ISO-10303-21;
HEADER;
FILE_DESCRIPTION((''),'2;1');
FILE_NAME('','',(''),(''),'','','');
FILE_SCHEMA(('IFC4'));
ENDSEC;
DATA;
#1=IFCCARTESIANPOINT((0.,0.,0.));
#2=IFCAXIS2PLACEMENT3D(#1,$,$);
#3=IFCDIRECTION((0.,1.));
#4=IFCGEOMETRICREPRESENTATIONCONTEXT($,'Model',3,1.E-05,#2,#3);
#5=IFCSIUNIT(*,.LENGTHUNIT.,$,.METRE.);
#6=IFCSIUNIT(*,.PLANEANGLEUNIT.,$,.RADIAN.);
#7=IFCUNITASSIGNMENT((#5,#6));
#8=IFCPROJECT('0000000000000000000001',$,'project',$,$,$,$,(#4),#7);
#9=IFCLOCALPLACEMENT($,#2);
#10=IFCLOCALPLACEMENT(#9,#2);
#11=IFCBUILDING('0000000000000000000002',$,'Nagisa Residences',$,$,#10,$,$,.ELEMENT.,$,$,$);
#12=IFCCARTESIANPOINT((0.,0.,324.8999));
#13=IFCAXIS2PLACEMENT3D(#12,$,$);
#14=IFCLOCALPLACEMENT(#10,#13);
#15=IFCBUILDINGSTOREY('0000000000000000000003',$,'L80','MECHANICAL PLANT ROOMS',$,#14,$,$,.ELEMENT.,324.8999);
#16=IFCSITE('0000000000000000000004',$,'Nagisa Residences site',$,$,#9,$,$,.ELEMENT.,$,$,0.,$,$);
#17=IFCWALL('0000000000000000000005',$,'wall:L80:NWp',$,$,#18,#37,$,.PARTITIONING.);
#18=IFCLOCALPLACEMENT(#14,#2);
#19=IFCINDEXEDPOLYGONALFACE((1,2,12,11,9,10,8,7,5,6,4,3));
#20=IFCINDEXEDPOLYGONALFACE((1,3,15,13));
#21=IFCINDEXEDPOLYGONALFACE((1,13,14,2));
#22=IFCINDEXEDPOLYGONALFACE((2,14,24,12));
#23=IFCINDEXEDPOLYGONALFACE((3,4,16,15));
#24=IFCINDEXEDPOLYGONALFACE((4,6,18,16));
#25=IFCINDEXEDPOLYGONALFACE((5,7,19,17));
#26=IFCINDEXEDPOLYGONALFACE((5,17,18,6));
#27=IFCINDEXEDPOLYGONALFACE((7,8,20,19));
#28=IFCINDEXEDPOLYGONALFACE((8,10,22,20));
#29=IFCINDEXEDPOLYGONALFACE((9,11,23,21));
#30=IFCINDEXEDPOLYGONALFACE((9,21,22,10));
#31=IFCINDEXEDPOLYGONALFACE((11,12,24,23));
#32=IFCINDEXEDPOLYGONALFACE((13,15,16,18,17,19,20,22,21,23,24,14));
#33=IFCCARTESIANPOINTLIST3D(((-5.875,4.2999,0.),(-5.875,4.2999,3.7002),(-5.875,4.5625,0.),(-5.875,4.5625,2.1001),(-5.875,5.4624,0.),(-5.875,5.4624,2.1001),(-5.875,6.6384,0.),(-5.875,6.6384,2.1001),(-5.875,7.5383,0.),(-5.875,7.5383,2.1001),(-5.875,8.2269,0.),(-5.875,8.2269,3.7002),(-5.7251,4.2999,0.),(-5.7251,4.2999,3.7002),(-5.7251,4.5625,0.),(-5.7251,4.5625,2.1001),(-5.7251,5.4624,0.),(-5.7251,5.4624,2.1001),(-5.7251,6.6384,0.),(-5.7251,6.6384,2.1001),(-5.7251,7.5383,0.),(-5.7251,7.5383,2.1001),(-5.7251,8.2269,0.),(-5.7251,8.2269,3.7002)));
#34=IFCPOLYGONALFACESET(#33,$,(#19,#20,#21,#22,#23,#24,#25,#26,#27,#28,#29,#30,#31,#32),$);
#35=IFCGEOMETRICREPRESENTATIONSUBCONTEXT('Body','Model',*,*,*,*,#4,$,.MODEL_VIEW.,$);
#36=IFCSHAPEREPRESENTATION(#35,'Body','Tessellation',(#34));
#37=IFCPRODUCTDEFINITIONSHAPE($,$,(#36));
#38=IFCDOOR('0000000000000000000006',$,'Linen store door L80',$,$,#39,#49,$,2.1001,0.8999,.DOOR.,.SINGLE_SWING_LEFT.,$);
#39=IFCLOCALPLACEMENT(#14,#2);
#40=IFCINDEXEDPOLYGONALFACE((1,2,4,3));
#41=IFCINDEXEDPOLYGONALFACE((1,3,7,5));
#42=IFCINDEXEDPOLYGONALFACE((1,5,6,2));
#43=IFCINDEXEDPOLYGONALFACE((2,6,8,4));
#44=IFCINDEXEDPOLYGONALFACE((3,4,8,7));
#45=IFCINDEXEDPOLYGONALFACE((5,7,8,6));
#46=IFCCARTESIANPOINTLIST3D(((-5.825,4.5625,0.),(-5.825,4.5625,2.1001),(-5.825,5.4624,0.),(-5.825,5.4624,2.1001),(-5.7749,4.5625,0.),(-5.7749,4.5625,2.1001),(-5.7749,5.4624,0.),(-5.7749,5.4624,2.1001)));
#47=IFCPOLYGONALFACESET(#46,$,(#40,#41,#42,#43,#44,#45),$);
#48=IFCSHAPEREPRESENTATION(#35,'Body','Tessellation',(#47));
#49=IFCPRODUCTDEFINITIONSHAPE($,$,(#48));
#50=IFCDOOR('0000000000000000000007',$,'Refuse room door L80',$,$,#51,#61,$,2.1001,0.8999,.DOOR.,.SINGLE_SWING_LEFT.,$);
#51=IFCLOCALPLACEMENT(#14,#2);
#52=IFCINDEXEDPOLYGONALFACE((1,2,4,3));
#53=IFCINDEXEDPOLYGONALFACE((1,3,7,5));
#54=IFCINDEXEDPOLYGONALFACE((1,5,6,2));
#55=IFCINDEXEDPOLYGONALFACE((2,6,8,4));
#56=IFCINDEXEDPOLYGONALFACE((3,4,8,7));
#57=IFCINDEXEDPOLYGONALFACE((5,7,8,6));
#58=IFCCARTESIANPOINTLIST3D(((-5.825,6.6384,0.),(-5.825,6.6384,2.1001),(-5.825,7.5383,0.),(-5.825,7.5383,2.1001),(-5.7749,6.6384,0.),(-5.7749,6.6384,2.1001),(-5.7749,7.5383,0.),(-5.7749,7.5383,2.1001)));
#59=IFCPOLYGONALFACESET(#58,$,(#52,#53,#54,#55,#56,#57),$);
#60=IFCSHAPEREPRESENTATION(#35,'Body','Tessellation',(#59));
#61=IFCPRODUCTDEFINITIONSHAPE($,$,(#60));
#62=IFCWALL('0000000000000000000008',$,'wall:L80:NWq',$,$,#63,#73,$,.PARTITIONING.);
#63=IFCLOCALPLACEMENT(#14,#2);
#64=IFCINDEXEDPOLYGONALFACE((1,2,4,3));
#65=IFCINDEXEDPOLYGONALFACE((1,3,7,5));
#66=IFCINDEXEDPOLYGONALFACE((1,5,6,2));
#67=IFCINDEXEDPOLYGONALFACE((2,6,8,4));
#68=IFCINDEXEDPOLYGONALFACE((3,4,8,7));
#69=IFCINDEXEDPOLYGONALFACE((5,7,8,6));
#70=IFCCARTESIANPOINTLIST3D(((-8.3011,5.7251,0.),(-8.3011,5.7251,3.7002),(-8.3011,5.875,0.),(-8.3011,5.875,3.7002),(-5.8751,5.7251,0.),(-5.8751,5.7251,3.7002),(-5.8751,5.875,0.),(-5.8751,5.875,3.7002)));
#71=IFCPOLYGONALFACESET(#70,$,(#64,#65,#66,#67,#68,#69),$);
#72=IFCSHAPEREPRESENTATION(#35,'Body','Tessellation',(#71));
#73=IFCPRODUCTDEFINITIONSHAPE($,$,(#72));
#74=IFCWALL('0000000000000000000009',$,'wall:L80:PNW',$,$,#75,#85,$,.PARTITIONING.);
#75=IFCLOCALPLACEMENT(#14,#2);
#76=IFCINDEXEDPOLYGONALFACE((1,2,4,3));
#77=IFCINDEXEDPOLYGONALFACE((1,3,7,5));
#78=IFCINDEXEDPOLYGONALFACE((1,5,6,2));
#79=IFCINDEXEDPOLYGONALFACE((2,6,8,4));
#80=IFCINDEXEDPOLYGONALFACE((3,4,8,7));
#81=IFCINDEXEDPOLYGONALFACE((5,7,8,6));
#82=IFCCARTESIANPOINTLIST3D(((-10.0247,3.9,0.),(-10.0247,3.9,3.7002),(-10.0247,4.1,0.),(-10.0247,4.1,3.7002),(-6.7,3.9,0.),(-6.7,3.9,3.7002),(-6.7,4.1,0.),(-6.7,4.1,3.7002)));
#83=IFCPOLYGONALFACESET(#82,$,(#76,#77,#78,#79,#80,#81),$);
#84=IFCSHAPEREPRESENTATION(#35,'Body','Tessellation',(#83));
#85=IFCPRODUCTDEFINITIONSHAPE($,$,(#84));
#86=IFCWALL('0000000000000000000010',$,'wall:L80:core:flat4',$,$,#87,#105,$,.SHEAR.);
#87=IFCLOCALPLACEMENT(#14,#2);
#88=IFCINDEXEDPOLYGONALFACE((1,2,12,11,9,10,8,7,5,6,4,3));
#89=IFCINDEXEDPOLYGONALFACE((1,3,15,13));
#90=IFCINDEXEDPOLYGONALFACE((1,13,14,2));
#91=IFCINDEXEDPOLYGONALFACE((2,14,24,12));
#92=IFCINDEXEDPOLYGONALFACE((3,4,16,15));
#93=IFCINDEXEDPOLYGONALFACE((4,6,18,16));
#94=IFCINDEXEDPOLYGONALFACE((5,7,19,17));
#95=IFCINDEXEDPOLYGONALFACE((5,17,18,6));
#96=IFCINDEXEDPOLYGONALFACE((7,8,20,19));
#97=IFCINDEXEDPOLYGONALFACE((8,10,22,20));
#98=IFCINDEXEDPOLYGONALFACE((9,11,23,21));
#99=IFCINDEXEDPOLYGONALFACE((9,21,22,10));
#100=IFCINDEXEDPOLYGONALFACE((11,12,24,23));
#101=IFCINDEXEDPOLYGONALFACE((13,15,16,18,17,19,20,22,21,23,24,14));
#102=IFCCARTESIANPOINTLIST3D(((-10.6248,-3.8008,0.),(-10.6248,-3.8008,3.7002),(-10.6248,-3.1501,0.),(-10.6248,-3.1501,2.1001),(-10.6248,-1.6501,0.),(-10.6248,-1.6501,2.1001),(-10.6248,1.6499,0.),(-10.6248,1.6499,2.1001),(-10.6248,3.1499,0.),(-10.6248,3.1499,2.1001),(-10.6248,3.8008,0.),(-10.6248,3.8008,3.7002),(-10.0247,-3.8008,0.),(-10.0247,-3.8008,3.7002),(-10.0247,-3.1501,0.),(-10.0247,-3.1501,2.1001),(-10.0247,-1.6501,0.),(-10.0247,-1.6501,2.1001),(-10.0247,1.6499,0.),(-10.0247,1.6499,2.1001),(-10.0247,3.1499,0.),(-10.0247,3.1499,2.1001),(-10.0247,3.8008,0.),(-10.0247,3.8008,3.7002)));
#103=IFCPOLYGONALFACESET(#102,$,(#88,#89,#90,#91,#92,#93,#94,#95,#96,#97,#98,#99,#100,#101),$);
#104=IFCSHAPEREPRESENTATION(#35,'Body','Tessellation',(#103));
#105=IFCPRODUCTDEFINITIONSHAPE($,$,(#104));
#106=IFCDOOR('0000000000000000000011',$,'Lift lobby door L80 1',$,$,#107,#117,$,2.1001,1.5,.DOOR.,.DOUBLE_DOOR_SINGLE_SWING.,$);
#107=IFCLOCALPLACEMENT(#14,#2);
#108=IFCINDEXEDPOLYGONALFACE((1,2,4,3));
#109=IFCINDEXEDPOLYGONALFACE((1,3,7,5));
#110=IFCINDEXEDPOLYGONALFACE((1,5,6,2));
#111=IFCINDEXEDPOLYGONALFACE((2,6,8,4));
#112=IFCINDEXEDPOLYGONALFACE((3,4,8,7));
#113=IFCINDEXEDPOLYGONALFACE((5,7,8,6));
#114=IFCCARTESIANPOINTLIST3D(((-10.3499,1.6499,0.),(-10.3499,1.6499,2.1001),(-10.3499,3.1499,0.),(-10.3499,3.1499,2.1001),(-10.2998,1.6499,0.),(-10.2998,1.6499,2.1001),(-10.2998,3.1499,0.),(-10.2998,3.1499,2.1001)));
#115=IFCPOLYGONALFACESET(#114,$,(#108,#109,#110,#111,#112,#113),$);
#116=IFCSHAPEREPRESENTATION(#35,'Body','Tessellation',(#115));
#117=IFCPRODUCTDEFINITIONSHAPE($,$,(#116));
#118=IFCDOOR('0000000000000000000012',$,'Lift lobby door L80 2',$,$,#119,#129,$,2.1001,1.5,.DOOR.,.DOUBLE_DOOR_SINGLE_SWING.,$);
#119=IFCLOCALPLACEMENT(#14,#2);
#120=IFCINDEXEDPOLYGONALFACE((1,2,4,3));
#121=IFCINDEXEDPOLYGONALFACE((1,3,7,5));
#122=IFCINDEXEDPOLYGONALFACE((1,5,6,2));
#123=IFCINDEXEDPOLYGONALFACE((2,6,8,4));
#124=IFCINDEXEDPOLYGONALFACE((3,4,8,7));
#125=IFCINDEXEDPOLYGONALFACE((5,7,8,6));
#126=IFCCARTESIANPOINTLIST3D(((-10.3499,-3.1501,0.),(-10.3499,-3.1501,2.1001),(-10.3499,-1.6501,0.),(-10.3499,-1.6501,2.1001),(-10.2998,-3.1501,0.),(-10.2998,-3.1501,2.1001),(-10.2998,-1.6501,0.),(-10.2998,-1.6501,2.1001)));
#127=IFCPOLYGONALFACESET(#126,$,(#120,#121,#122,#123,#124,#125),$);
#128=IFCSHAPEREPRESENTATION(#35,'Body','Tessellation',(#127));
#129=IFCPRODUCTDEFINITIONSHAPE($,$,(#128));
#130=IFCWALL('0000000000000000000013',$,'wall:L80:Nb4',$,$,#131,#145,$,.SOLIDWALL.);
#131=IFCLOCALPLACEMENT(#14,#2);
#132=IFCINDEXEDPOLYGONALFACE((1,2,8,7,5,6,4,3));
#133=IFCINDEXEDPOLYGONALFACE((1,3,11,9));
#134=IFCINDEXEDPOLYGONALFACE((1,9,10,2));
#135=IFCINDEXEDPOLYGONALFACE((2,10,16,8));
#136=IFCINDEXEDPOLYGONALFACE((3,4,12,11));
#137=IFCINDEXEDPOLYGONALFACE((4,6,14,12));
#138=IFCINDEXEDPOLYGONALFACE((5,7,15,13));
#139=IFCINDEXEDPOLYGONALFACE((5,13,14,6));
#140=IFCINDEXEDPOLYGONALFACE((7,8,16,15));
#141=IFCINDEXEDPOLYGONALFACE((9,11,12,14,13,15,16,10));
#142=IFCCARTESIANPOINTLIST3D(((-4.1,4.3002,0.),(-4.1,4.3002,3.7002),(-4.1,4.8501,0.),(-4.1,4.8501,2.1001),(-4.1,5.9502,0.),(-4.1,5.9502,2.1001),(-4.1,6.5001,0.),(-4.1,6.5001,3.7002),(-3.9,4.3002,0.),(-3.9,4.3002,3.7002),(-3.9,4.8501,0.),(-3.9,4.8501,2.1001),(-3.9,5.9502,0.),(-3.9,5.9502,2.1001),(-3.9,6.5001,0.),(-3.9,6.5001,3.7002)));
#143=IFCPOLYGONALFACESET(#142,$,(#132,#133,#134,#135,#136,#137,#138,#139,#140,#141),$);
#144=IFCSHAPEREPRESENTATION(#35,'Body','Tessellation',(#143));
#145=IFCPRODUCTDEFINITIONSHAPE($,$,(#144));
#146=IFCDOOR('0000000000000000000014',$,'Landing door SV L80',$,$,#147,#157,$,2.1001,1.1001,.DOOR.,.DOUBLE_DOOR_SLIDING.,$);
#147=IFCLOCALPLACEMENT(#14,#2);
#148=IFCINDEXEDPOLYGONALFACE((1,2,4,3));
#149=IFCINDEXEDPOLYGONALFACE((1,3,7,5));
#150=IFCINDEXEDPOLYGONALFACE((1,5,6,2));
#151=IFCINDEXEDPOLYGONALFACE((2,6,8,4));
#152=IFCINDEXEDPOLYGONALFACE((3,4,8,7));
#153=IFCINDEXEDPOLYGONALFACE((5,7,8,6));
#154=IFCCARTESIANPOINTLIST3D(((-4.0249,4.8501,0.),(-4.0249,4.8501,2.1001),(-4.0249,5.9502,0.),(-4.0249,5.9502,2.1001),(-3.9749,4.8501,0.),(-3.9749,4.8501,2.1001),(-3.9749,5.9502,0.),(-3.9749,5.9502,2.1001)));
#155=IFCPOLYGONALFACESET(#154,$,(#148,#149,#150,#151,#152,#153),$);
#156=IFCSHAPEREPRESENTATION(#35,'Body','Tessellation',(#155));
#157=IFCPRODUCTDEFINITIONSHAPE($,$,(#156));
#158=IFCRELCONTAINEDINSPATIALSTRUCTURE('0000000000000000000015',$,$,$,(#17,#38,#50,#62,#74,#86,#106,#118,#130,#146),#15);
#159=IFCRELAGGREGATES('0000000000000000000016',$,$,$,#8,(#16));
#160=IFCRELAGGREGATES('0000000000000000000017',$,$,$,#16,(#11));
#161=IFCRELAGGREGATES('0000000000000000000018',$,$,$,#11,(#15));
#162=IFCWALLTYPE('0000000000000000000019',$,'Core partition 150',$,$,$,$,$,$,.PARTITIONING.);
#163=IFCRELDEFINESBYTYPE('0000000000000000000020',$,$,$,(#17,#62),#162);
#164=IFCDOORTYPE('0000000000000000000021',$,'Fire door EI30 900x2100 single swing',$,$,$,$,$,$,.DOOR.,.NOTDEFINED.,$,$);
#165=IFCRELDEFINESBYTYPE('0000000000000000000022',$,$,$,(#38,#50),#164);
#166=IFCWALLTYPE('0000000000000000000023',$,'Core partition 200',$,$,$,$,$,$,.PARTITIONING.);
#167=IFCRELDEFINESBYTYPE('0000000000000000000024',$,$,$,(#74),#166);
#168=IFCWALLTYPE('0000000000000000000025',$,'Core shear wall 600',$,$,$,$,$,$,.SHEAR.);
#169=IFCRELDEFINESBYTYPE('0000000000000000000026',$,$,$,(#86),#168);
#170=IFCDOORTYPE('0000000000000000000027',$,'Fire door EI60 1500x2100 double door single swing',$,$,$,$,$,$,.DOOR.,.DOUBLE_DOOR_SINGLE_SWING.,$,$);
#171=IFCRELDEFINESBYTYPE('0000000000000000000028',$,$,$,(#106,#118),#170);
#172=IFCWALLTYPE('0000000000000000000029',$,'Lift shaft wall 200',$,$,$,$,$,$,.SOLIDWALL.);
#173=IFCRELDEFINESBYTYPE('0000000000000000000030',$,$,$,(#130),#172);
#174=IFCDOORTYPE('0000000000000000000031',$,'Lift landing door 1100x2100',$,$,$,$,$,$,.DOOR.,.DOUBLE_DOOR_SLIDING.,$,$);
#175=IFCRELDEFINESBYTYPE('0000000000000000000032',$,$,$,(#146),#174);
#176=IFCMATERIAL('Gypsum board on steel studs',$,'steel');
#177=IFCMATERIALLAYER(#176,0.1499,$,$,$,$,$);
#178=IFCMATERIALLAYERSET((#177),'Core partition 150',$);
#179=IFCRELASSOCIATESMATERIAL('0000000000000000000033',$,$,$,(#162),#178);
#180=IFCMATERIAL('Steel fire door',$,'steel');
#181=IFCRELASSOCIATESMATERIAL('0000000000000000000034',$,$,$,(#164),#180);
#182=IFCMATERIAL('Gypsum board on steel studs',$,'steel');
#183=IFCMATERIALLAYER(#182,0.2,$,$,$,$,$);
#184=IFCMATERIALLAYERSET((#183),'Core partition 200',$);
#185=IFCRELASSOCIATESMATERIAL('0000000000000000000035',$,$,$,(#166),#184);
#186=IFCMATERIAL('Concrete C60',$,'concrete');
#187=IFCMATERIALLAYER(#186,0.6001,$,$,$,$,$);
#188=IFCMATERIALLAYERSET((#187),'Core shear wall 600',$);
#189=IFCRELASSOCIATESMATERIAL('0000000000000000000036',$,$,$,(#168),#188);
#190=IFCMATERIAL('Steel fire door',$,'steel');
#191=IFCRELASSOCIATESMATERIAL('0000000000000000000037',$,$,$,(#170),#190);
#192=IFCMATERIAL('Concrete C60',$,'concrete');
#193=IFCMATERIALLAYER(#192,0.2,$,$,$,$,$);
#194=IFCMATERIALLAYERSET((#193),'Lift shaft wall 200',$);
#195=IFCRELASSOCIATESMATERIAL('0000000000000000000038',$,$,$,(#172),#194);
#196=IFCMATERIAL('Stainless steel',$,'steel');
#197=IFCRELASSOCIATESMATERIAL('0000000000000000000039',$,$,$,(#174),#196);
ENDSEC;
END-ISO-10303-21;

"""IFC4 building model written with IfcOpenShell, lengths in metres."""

from ifc_helpers import new_model, si_unit, direction, frame, frame_2d, origin, place, context, subcontext, project, spatial, rectangle, extrude, material, layer, layer_set, type_object, element, fill, save


model = new_model("IFC4")

# Units and contexts
model_context = context("Model", 3, precision=1e-05, world=origin(), true_north=direction((0.0, 1.0)))
body_context = subcontext(model_context, "Body", "Model", "MODEL_VIEW")
ifc_project = project(units=[si_unit("LENGTHUNIT", "METRE"), si_unit("PLANEANGLEUNIT", "RADIAN")], contexts=[model_context])

# Site, building, storey
site_placement = place(None, origin())
site = spatial("IfcSite", under=ifc_project, at=site_placement, Name="Nagisa Residences site", CompositionType="ELEMENT", RefElevation=0.0)
building_placement = place(site_placement, origin())
building = spatial("IfcBuilding", under=site, at=building_placement, Name="Nagisa Residences", CompositionType="ELEMENT")
storey_placement = place(building_placement, frame((0.0, 0.0, 324.8999)))
storey = spatial("IfcBuildingStorey", under=building, at=storey_placement, Name="L80", Description="MECHANICAL PLANT ROOMS", CompositionType="ELEMENT", Elevation=324.8999)

# Wall, openings, doors
ifc_material_1 = material(Name="Gypsum board on steel studs", Category="steel")
ifc_layer_1 = layer(ifc_material_1, 0.1499)
ifc_layer_set_1 = layer_set([ifc_layer_1], Name="Core partition 150")
wall_type_1 = type_object("IfcWallType", Name="Core partition 150", PredefinedType="PARTITIONING", material=ifc_layer_set_1)
wall_1_placement = place(storey_placement, frame((-5.8, 4.3, 0.0), z_axis=(0.0, 0.0, 1.0), x_axis=(0.0, 1.0, 0.0)))
wall_1 = element("IfcWall", 1, at=wall_1_placement, inside=storey, type_object=wall_type_1, Name="wall:L80:NWp", PredefinedType="PARTITIONING", context=body_context, shape_type="SweptSolid", body=[
    extrude(rectangle(XDim=3.927, YDim=0.1499, at=frame_2d((1.9634, 0.0))), origin(), (0.0, 0.0, 1.0), 3.7002),
])
opening_1_placement = place(wall_1_placement, frame((0.2625, 0.0, 0.0)))
opening_1 = element("IfcOpeningElement", 2, at=opening_1_placement, cuts=wall_1, PredefinedType="OPENING", context=body_context, shape_type="SweptSolid", body=[
    extrude(rectangle(XDim=0.8999, YDim=2.1001, at=frame_2d((0.45, 1.05))), frame((0.0, 0.085, 0.0), z_axis=(0.0, -1.0, 0.0), x_axis=(1.0, 0.0, 0.0)), (0.0, 0.0, 1.0), 0.1699),
])
opening_2_placement = place(wall_1_placement, frame((2.3384, 0.0, 0.0)))
opening_2 = element("IfcOpeningElement", 3, at=opening_2_placement, cuts=wall_1, PredefinedType="OPENING", context=body_context, shape_type="SweptSolid", body=[
    extrude(rectangle(XDim=0.8999, YDim=2.1001, at=frame_2d((0.45, 1.05))), frame((0.0, 0.085, 0.0), z_axis=(0.0, -1.0, 0.0), x_axis=(1.0, 0.0, 0.0)), (0.0, 0.0, 1.0), 0.1699),
])
ifc_material_2 = material(Name="Steel fire door", Category="steel")
door_type_1 = type_object("IfcDoorType", Name="Fire door EI30 900x2100 single swing", OperationType="NOTDEFINED", PredefinedType="DOOR", material=ifc_material_2)
door_1_placement = place(opening_1_placement, origin())
door_1 = element("IfcDoor", 4, at=door_1_placement, inside=storey, type_object=door_type_1, Name="Linen store door L80", OperationType="SINGLE_SWING_LEFT", OverallHeight=2.1001, OverallWidth=0.8999, PredefinedType="DOOR", context=body_context, shape_type="SweptSolid", body=[
    extrude(rectangle(XDim=0.8999, YDim=2.1001, at=frame_2d((0.45, 1.05))), frame((0.0, 0.0249, 0.0), z_axis=(0.0, -1.0, 0.0), x_axis=(1.0, 0.0, 0.0)), (0.0, 0.0, 1.0), 0.05),
])
fill(opening_1, door_1)
door_2_placement = place(opening_2_placement, origin())
door_2 = element("IfcDoor", 5, at=door_2_placement, inside=storey, type_object=door_type_1, Name="Refuse room door L80", OperationType="SINGLE_SWING_LEFT", OverallHeight=2.1001, OverallWidth=0.8999, PredefinedType="DOOR", context=body_context, shape_type="SweptSolid", body=[
    extrude(rectangle(XDim=0.8999, YDim=2.1001, at=frame_2d((0.45, 1.05))), frame((0.0, 0.0249, 0.0), z_axis=(0.0, -1.0, 0.0), x_axis=(1.0, 0.0, 0.0)), (0.0, 0.0, 1.0), 0.05),
])
fill(opening_2, door_2)

# Walls
wall_2_placement = place(storey_placement, frame((-8.301, 5.8, 0.0), z_axis=(0.0, 0.0, 1.0), x_axis=(1.0, 0.0, 0.0)))
element("IfcWall", 6, at=wall_2_placement, inside=storey, type_object=wall_type_1, Name="wall:L80:NWq", PredefinedType="PARTITIONING", context=body_context, shape_type="SweptSolid", body=[
    extrude(rectangle(XDim=2.426, YDim=0.1499, at=frame_2d((1.2129, 0.0))), origin(), (0.0, 0.0, 1.0), 3.7002),
])
ifc_material_3 = material(Name="Gypsum board on steel studs", Category="steel")
ifc_layer_2 = layer(ifc_material_3, 0.2)
ifc_layer_set_2 = layer_set([ifc_layer_2], Name="Core partition 200")
wall_type_2 = type_object("IfcWallType", Name="Core partition 200", PredefinedType="PARTITIONING", material=ifc_layer_set_2)
wall_3_placement = place(storey_placement, frame((-10.0247, 4.0, 0.0), z_axis=(0.0, 0.0, 1.0), x_axis=(1.0, 0.0, 0.0)))
element("IfcWall", 7, at=wall_3_placement, inside=storey, type_object=wall_type_2, Name="wall:L80:PNW", PredefinedType="PARTITIONING", context=body_context, shape_type="SweptSolid", body=[
    extrude(rectangle(XDim=3.3247, YDim=0.2, at=frame_2d((1.6624, 0.0))), origin(), (0.0, 0.0, 1.0), 3.7002),
])

# Wall, openings, doors
ifc_material_4 = material(Name="Concrete C60", Category="concrete")
ifc_layer_3 = layer(ifc_material_4, 0.6001)
ifc_layer_set_3 = layer_set([ifc_layer_3], Name="Core shear wall 600")
wall_type_3 = type_object("IfcWallType", Name="Core shear wall 600", PredefinedType="SHEAR", material=ifc_layer_set_3)
wall_4_placement = place(storey_placement, frame((-10.3247, 3.8008, 0.0), z_axis=(0.0, 0.0, 1.0), x_axis=(0.0, -1.0, 0.0)))
wall_4 = element("IfcWall", 8, at=wall_4_placement, inside=storey, type_object=wall_type_3, Name="wall:L80:core:flat4", PredefinedType="SHEAR", context=body_context, shape_type="SweptSolid", body=[
    extrude(rectangle(XDim=7.6016, YDim=0.6001, at=frame_2d((3.8008, 0.0))), origin(), (0.0, 0.0, 1.0), 3.7002),
])
opening_3_placement = place(wall_4_placement, frame((0.6509, 0.0, 0.0)))
opening_3 = element("IfcOpeningElement", 9, at=opening_3_placement, cuts=wall_4, PredefinedType="OPENING", context=body_context, shape_type="SweptSolid", body=[
    extrude(rectangle(XDim=1.5, YDim=2.1001, at=frame_2d((0.75, 1.05))), frame((0.0, 0.3101, 0.0), z_axis=(0.0, -1.0, 0.0), x_axis=(1.0, 0.0, 0.0)), (0.0, 0.0, 1.0), 0.6201),
])
opening_4_placement = place(wall_4_placement, frame((5.4509, 0.0, 0.0)))
opening_4 = element("IfcOpeningElement", 10, at=opening_4_placement, cuts=wall_4, PredefinedType="OPENING", context=body_context, shape_type="SweptSolid", body=[
    extrude(rectangle(XDim=1.5, YDim=2.1001, at=frame_2d((0.75, 1.05))), frame((0.0, 0.3101, 0.0), z_axis=(0.0, -1.0, 0.0), x_axis=(1.0, 0.0, 0.0)), (0.0, 0.0, 1.0), 0.6201),
])
ifc_material_5 = material(Name="Steel fire door", Category="steel")
door_type_2 = type_object("IfcDoorType", Name="Fire door EI60 1500x2100 double door single swing", OperationType="DOUBLE_DOOR_SINGLE_SWING", PredefinedType="DOOR", material=ifc_material_5)
door_3_placement = place(opening_3_placement, origin())
door_3 = element("IfcDoor", 11, at=door_3_placement, inside=storey, type_object=door_type_2, Name="Lift lobby door L80 1", OperationType="DOUBLE_DOOR_SINGLE_SWING", OverallHeight=2.1001, OverallWidth=1.5, PredefinedType="DOOR", context=body_context, shape_type="SweptSolid", body=[
    extrude(rectangle(XDim=1.5, YDim=2.1001, at=frame_2d((0.75, 1.05))), frame((0.0, 0.0249, 0.0), z_axis=(0.0, -1.0, 0.0), x_axis=(1.0, 0.0, 0.0)), (0.0, 0.0, 1.0), 0.05),
])
fill(opening_3, door_3)
door_4_placement = place(opening_4_placement, origin())
door_4 = element("IfcDoor", 12, at=door_4_placement, inside=storey, type_object=door_type_2, Name="Lift lobby door L80 2", OperationType="DOUBLE_DOOR_SINGLE_SWING", OverallHeight=2.1001, OverallWidth=1.5, PredefinedType="DOOR", context=body_context, shape_type="SweptSolid", body=[
    extrude(rectangle(XDim=1.5, YDim=2.1001, at=frame_2d((0.75, 1.05))), frame((0.0, 0.0249, 0.0), z_axis=(0.0, -1.0, 0.0), x_axis=(1.0, 0.0, 0.0)), (0.0, 0.0, 1.0), 0.05),
])
fill(opening_4, door_4)

# Wall, opening, door
ifc_material_6 = material(Name="Concrete C60", Category="concrete")
ifc_layer_4 = layer(ifc_material_6, 0.2)
ifc_layer_set_4 = layer_set([ifc_layer_4], Name="Lift shaft wall 200")
wall_type_4 = type_object("IfcWallType", Name="Lift shaft wall 200", PredefinedType="SOLIDWALL", material=ifc_layer_set_4)
wall_5_placement = place(storey_placement, frame((-4.0, 4.3, 0.0), z_axis=(0.0, 0.0, 1.0), x_axis=(0.0, 1.0, 0.0)))
wall_5 = element("IfcWall", 13, at=wall_5_placement, inside=storey, type_object=wall_type_4, Name="wall:L80:Nb4", PredefinedType="SOLIDWALL", context=body_context, shape_type="SweptSolid", body=[
    extrude(rectangle(XDim=2.2, YDim=0.2, at=frame_2d((1.1001, 0.0))), origin(), (0.0, 0.0, 1.0), 3.7002),
])
opening_5_placement = place(wall_5_placement, frame((0.55, 0.0, 0.0)))
opening_5 = element("IfcOpeningElement", 14, at=opening_5_placement, cuts=wall_5, PredefinedType="OPENING", context=body_context, shape_type="SweptSolid", body=[
    extrude(rectangle(XDim=1.1001, YDim=2.1001, at=frame_2d((0.55, 1.05))), frame((0.0, 0.1099, 0.0), z_axis=(0.0, -1.0, 0.0), x_axis=(1.0, 0.0, 0.0)), (0.0, 0.0, 1.0), 0.22),
])
ifc_material_7 = material(Name="Stainless steel", Category="steel")
door_type_3 = type_object("IfcDoorType", Name="Lift landing door 1100x2100", OperationType="DOUBLE_DOOR_SLIDING", PredefinedType="DOOR", material=ifc_material_7)
door_5_placement = place(opening_5_placement, origin())
door_5 = element("IfcDoor", 15, at=door_5_placement, inside=storey, type_object=door_type_3, Name="Landing door SV L80", OperationType="DOUBLE_DOOR_SLIDING", OverallHeight=2.1001, OverallWidth=1.1001, PredefinedType="DOOR", context=body_context, shape_type="SweptSolid", body=[
    extrude(rectangle(XDim=1.1001, YDim=2.1001, at=frame_2d((0.55, 1.05))), frame((0.0, 0.0249, 0.0), z_axis=(0.0, -1.0, 0.0), x_axis=(1.0, 0.0, 0.0)), (0.0, 0.0, 1.0), 0.05),
])
fill(opening_5, door_5)

save(model, "model.ifc")
